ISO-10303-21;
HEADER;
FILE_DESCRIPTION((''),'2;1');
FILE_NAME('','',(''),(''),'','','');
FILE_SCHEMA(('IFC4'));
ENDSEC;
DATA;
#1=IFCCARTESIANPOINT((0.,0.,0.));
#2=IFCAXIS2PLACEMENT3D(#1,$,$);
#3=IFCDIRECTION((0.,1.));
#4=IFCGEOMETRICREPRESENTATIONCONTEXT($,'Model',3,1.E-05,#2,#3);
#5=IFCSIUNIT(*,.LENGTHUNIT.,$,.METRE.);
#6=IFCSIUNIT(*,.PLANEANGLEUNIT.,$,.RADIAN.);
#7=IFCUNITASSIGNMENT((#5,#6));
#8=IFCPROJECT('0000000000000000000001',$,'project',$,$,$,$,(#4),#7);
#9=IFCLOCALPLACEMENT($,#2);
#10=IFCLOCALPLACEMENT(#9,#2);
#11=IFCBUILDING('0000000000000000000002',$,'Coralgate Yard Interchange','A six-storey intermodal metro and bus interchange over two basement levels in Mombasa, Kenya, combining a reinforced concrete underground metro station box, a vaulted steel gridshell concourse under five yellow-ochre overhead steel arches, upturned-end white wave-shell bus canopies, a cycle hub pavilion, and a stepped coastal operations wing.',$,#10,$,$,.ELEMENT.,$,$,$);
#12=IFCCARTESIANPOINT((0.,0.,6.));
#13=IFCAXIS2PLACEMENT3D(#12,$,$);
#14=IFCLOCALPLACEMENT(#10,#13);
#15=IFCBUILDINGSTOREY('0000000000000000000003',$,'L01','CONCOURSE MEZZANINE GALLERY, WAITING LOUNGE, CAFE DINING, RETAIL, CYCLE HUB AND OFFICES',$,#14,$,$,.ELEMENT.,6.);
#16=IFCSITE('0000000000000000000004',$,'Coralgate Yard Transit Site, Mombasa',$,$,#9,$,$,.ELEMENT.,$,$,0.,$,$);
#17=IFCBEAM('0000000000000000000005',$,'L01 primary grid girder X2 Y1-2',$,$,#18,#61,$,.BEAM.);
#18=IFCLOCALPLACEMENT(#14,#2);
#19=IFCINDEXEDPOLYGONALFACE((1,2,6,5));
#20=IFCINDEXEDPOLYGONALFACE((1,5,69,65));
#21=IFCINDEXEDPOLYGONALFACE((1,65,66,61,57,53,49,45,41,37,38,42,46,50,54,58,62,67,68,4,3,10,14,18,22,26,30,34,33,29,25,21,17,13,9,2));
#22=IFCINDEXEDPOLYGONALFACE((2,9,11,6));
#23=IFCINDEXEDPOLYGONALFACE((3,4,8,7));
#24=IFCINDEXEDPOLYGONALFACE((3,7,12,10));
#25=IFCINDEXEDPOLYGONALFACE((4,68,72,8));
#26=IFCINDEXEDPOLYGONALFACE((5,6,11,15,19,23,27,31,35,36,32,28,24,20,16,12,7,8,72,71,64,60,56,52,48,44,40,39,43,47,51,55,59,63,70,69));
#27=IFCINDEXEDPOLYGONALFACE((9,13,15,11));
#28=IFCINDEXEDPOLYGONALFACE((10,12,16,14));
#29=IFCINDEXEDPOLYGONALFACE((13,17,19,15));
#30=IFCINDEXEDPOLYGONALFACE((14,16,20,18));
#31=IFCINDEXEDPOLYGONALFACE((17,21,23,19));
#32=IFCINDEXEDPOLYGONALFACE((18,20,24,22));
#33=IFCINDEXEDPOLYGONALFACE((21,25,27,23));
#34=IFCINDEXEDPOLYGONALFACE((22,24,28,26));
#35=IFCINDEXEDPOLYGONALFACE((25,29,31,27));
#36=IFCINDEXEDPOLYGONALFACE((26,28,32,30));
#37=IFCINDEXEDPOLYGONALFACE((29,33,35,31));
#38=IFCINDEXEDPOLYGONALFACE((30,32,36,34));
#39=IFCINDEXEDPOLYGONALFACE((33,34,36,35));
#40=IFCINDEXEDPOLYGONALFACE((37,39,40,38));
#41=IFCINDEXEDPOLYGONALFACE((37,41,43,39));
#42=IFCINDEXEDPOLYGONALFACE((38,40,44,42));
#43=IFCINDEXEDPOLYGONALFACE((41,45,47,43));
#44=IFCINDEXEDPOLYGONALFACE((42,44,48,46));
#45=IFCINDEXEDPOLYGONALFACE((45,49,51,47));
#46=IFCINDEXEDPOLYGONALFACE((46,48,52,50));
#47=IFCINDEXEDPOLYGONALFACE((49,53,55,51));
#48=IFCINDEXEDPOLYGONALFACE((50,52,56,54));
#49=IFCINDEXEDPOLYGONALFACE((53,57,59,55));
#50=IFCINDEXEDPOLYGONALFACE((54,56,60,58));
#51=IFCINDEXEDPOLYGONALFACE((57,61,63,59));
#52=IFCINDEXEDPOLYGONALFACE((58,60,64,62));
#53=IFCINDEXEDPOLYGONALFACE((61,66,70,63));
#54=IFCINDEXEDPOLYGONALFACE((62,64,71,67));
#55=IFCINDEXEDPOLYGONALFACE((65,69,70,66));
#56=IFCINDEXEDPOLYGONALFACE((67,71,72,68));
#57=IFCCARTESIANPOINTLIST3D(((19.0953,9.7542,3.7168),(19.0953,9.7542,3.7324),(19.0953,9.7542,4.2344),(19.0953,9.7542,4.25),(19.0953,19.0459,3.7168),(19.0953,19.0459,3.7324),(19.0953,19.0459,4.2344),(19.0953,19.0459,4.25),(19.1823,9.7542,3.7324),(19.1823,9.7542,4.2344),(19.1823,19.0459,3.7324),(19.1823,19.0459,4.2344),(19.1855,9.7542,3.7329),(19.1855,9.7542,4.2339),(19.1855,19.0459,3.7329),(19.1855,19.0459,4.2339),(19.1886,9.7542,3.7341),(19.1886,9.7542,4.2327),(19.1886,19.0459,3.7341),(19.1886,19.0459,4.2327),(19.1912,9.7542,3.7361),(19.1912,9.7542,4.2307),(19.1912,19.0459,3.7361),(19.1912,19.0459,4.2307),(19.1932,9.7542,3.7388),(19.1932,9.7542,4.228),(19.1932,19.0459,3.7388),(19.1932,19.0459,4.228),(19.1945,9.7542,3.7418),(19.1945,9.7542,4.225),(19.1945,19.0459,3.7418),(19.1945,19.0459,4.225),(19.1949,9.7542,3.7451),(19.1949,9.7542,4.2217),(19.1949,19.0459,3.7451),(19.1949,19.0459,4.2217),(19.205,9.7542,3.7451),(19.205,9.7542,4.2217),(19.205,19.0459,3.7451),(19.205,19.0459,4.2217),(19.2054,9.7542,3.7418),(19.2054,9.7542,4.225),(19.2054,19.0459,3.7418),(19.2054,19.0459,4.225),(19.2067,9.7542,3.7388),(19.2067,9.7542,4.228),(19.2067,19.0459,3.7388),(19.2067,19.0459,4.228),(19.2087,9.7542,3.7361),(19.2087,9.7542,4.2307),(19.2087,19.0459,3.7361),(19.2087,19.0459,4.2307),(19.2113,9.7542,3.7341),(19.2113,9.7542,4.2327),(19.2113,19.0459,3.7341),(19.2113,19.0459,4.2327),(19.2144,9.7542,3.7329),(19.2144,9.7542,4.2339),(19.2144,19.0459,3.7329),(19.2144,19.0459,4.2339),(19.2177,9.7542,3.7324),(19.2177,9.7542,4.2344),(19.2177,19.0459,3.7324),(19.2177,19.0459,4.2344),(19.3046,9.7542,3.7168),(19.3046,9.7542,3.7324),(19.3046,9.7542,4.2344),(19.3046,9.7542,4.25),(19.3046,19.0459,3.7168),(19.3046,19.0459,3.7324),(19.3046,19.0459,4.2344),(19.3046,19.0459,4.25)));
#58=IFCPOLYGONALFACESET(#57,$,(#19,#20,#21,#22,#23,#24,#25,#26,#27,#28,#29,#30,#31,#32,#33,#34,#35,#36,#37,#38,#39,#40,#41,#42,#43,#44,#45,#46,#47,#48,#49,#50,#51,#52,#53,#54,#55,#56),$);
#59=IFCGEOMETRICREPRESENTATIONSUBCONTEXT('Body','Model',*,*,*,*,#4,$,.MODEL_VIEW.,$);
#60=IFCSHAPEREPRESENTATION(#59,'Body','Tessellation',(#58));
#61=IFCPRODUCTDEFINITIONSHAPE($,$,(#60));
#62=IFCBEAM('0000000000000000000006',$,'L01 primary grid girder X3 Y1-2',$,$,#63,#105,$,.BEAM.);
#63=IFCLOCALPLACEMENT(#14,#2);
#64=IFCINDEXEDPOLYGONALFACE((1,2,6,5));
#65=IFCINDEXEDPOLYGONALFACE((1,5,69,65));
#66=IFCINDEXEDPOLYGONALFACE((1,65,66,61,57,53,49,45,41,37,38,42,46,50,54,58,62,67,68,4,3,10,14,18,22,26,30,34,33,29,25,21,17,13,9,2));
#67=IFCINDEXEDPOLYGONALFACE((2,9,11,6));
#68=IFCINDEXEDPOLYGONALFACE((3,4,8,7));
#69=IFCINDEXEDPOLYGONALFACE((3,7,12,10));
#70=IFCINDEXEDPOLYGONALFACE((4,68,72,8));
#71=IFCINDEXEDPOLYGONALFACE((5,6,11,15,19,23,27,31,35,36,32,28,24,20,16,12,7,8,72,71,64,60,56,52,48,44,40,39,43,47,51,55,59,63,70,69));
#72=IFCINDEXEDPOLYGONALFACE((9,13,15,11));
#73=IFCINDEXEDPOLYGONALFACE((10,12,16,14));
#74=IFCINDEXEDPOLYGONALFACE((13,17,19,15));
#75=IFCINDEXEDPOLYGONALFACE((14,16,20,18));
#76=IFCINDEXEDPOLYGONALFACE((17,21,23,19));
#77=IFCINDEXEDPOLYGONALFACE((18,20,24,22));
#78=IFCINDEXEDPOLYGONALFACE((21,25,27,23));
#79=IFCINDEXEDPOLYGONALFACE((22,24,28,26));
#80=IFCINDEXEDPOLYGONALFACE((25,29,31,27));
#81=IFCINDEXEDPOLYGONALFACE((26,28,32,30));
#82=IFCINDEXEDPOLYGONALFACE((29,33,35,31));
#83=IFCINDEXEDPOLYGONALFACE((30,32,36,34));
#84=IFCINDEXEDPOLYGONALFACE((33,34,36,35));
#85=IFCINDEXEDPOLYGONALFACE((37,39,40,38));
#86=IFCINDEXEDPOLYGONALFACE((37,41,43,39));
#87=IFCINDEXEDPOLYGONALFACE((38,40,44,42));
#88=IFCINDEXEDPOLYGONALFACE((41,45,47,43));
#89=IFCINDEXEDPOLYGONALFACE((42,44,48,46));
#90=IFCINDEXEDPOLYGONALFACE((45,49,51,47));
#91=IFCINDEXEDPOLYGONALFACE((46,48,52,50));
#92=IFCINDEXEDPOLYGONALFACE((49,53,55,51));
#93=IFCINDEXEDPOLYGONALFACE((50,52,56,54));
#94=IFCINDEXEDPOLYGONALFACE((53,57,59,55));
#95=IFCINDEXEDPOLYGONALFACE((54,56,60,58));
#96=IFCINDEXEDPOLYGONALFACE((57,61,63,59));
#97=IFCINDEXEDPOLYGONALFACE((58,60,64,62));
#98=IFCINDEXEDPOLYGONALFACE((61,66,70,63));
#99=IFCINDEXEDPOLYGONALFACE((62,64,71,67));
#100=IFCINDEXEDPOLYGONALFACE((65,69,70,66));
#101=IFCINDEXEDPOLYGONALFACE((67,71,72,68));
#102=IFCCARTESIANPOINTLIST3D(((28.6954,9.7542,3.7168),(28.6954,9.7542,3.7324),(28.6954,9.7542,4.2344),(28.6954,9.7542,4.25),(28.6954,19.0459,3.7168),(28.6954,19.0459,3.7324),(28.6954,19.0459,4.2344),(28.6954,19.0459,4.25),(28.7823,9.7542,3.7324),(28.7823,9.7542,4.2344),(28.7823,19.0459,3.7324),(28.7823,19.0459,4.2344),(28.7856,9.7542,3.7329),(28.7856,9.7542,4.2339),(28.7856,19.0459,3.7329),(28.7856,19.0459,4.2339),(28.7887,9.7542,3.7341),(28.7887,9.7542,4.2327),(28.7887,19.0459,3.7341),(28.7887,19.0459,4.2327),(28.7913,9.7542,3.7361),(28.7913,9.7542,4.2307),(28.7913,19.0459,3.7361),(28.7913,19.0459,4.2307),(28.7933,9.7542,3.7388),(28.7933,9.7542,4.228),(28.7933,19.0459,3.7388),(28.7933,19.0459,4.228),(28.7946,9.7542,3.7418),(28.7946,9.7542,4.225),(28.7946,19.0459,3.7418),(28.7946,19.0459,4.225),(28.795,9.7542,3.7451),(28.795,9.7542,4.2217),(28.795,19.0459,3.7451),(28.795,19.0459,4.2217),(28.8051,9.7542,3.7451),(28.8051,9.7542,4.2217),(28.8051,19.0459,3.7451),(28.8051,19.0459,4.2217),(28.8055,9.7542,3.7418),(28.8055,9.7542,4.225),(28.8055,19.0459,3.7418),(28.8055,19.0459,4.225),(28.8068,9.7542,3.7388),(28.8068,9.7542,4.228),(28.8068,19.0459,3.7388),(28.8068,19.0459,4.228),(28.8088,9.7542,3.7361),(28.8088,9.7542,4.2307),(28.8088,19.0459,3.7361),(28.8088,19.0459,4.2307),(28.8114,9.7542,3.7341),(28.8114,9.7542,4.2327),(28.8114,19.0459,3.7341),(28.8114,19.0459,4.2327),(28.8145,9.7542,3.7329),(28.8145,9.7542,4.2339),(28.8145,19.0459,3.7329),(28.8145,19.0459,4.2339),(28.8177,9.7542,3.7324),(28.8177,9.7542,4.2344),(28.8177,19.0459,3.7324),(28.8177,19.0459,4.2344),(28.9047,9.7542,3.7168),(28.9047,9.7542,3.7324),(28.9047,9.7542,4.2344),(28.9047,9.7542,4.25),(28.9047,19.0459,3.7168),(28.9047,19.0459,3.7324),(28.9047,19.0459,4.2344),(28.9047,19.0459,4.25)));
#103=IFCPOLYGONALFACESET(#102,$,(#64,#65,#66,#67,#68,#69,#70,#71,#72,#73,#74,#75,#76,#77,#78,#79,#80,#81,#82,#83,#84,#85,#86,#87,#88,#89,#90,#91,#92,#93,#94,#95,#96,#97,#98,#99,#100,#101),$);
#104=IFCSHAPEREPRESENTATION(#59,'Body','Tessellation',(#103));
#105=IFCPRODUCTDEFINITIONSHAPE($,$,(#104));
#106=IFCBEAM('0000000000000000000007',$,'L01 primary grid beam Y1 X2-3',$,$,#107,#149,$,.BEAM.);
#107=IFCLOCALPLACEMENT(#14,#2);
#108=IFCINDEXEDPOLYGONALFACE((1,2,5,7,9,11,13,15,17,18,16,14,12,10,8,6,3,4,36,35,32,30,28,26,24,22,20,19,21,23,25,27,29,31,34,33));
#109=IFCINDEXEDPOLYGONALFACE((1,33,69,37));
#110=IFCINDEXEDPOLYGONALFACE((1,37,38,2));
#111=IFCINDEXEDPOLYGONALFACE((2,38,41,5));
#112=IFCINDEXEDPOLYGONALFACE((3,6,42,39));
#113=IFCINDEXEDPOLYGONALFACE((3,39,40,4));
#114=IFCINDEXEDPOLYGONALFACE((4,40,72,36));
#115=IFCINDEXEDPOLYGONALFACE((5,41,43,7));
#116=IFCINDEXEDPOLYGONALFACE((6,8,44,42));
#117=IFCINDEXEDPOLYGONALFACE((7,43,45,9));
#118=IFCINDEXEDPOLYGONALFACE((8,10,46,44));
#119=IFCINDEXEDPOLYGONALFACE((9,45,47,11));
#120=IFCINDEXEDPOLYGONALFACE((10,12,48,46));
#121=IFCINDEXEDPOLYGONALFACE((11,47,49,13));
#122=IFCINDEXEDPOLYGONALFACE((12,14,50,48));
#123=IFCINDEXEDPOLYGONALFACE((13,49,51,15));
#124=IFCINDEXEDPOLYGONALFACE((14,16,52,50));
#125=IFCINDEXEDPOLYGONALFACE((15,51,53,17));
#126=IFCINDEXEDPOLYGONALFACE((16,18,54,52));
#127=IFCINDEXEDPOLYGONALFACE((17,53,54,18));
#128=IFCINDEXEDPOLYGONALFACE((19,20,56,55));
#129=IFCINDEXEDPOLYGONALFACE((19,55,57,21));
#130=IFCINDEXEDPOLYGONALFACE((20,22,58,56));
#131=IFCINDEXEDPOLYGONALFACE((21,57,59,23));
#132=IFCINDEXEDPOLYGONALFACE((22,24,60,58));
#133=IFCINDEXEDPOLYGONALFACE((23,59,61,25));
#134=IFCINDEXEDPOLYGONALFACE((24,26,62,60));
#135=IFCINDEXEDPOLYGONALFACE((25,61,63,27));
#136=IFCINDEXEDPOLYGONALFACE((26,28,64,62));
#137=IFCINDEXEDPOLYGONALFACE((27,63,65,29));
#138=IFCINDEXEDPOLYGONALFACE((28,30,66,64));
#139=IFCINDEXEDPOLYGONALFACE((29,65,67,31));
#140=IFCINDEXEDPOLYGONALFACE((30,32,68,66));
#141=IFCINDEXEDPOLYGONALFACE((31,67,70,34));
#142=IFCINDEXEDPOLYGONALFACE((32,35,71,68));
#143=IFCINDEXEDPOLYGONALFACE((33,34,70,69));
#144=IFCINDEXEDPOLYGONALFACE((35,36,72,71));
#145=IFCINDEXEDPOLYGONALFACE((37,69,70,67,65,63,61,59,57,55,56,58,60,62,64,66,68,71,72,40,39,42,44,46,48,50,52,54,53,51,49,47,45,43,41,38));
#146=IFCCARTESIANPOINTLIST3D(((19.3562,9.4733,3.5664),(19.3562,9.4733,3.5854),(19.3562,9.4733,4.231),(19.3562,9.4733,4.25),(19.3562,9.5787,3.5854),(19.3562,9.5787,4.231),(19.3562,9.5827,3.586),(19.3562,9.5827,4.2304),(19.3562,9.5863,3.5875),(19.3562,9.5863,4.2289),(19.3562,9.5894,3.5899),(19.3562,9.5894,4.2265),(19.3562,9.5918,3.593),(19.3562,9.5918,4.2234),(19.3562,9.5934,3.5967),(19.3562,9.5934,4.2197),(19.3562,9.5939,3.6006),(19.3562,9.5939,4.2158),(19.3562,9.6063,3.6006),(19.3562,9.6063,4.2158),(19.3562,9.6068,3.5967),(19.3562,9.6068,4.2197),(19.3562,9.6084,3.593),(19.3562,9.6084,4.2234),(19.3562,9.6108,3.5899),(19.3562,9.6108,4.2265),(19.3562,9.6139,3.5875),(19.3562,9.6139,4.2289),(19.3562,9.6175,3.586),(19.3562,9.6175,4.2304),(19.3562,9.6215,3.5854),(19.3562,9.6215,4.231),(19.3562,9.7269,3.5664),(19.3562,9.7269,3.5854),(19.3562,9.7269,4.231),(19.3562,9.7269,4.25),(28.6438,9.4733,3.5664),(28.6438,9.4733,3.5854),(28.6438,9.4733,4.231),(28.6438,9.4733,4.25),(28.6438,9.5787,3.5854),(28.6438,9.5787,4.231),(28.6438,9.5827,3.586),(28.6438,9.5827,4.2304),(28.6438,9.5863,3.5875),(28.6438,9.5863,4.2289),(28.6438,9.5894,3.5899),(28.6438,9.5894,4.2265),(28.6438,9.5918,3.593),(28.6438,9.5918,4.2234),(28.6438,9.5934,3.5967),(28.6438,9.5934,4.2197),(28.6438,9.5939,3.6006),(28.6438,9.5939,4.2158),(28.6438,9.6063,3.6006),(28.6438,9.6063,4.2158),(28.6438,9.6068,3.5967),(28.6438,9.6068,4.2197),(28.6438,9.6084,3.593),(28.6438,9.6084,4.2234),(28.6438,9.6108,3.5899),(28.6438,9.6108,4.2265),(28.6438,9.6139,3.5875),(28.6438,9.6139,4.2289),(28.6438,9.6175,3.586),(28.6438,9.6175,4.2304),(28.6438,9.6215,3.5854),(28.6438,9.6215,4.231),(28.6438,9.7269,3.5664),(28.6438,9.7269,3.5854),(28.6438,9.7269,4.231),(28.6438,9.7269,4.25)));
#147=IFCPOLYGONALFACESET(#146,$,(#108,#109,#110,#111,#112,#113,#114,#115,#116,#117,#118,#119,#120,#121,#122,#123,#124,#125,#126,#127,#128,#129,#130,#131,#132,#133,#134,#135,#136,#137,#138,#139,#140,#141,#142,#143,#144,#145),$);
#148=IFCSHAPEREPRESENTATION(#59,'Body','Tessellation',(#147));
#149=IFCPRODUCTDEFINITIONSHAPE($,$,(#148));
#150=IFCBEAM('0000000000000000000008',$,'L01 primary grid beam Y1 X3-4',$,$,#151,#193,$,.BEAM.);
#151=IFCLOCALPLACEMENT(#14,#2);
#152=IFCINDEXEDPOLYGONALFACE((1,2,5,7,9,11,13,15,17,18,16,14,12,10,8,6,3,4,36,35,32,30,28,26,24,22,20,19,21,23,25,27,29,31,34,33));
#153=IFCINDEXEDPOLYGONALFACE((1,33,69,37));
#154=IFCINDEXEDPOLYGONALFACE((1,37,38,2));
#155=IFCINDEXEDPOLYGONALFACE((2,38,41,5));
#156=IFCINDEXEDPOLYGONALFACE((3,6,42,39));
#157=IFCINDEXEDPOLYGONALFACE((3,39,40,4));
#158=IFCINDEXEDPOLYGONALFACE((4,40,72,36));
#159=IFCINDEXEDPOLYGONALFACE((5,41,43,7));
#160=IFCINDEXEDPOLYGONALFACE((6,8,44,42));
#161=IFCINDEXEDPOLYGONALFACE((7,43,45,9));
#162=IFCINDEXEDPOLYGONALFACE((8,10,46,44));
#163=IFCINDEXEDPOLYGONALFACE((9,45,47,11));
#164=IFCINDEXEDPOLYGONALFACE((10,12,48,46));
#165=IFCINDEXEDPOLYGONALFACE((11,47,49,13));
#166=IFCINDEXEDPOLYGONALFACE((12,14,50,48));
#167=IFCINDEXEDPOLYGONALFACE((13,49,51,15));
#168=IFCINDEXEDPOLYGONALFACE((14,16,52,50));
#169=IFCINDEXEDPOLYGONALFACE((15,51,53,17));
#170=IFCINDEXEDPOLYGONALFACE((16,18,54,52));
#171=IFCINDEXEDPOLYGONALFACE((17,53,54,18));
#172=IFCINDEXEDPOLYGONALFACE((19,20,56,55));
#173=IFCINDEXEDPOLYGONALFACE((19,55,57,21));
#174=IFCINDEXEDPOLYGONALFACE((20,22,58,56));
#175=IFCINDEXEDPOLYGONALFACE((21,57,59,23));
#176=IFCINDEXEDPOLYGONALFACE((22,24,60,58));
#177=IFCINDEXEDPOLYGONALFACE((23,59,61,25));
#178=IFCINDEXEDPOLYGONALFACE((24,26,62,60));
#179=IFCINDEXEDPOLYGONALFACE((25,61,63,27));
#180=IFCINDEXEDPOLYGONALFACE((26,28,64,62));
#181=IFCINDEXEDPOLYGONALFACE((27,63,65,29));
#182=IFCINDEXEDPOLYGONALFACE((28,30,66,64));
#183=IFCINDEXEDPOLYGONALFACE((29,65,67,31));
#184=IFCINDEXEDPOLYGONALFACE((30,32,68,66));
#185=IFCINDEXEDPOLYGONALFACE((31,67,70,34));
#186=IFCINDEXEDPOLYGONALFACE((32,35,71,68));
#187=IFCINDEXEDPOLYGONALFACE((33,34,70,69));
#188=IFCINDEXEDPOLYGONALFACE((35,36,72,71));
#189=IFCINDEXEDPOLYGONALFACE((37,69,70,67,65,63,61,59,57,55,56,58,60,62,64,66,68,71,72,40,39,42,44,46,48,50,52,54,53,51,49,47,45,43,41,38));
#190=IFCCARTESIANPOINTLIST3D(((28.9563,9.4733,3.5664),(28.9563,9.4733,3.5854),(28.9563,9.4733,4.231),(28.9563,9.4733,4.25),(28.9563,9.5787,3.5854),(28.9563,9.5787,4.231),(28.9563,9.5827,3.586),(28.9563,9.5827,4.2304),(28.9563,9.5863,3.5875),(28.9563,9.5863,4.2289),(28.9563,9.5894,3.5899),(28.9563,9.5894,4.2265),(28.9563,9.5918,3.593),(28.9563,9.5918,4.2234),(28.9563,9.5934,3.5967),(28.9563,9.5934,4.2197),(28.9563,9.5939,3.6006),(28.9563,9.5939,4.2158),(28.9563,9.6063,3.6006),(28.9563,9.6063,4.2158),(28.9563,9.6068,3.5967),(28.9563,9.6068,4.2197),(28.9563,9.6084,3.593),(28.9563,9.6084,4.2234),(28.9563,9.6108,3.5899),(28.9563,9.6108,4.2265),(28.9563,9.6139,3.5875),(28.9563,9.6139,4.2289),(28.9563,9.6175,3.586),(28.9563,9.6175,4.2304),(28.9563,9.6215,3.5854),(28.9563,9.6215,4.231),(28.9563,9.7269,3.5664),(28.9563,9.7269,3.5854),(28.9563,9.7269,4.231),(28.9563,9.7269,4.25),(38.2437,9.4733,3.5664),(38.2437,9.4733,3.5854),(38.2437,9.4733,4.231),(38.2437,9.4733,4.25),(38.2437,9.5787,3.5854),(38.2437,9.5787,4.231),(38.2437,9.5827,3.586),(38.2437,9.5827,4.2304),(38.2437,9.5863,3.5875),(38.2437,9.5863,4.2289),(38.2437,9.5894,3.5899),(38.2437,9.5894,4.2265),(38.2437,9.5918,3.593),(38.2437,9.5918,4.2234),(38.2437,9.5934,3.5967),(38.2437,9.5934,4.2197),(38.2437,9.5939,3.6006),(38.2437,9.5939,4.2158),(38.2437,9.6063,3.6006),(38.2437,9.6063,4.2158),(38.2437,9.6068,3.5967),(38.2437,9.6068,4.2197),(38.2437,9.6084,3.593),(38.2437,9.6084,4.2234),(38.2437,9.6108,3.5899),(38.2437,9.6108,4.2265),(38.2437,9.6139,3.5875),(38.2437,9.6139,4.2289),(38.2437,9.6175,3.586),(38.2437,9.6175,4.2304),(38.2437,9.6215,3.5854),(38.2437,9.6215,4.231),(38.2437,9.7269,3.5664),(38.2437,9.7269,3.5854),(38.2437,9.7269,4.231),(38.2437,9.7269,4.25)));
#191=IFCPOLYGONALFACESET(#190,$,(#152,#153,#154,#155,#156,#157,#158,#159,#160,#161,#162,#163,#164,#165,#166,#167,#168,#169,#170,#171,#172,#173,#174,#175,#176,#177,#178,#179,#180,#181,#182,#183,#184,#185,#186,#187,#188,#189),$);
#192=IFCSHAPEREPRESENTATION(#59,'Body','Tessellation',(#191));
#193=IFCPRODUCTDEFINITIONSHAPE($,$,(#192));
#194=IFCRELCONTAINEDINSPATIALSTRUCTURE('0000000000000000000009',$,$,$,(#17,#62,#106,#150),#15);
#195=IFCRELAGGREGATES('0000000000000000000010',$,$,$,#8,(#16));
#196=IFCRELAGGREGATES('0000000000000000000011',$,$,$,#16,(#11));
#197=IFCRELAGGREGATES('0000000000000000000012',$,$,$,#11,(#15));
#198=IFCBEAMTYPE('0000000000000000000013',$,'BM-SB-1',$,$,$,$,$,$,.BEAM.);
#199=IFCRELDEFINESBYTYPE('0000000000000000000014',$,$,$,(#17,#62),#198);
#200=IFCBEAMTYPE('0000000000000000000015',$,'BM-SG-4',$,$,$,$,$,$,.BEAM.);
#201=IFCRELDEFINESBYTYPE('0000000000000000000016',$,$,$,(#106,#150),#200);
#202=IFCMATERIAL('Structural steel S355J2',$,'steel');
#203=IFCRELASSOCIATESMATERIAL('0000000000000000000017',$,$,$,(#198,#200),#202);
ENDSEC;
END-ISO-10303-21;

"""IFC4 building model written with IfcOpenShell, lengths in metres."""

from ifc_helpers import new_model, si_unit, direction, frame, origin, origin_2d, place, context, subcontext, project, spatial, i_section, extrude, material, material_profile, profile_set, type_object, element, save


model = new_model("IFC4")

# Units and contexts
model_context = context("Model", 3, precision=1e-05, world=origin(), true_north=direction((0.0, 1.0)))
body_context = subcontext(model_context, "Body", "Model", "MODEL_VIEW")
ifc_project = project(units=[si_unit("LENGTHUNIT", "METRE"), si_unit("PLANEANGLEUNIT", "RADIAN")], contexts=[model_context])

# Site, building, storey
site_placement = place(None, origin())
site = spatial("IfcSite", under=ifc_project, at=site_placement, Name="Coralgate Yard Transit Site, Mombasa", CompositionType="ELEMENT", RefElevation=0.0)
building_placement = place(site_placement, origin())
building = spatial("IfcBuilding", under=site, at=building_placement, Name="Coralgate Yard Interchange", Description="A six-storey intermodal metro and bus interchange over two basement levels in Mombasa, Kenya, combining a reinforced concrete underground metro station box, a vaulted steel gridshell concourse under five yellow-ochre overhead steel arches, upturned-end white wave-shell bus canopies, a cycle hub pavilion, and a stepped coastal operations wing.", CompositionType="ELEMENT")
storey_placement = place(building_placement, frame((0.0, 0.0, 6.0)))
storey = spatial("IfcBuildingStorey", under=building, at=storey_placement, Name="L01", Description="CONCOURSE MEZZANINE GALLERY, WAITING LOUNGE, CAFE DINING, RETAIL, CYCLE HUB AND OFFICES", CompositionType="ELEMENT", Elevation=6.0)

# Shared definitions
ifc_material_1 = material(Name="Structural steel S355J2", Category="steel")

# Beams
ifc_material_profile_1 = material_profile(ifc_material_1, i_section(OverallWidth=0.2092, OverallDepth=0.5332, WebThickness=0.01, FlangeThickness=0.0156, FilletRadius=0.0127, at=origin_2d()), Name="UB 533x210x92")
ifc_profile_set_1 = profile_set([ifc_material_profile_1], Name="Structural steel S355J2")
beam_type_1 = type_object("IfcBeamType", Name="BM-SB-1", PredefinedType="BEAM", material=ifc_profile_set_1)
for number, where, z_axis, x_axis, name in (
    (1, (19.2, 9.7542, 3.9834), (0.0, 1.0, 0.0), (-1.0, 0.0, 0.0), "L01 primary grid girder X2 Y1-2"),
    (2, (28.8, 9.7542, 3.9834), (0.0, 1.0, 0.0), (-1.0, 0.0, 0.0), "L01 primary grid girder X3 Y1-2"),
):
    element("IfcBeam", number, at=place(storey_placement, frame(where, z_axis=z_axis, x_axis=x_axis)), inside=storey, type_object=beam_type_1, Name=name, PredefinedType="BEAM", context=body_context, shape_type="SweptSolid", body=[
        extrude(i_section(OverallWidth=0.2092, OverallDepth=0.5332, WebThickness=0.01, FlangeThickness=0.0156, FilletRadius=0.0127, at=origin_2d()), origin(), (0.0, 0.0, 1.0), 9.2917),
    ])
ifc_material_profile_2 = material_profile(ifc_material_1, i_section(OverallWidth=0.2537, OverallDepth=0.6836, WebThickness=0.0125, FlangeThickness=0.019, FilletRadius=0.0151, at=origin_2d()), Name="UB 686x254x140")
ifc_profile_set_2 = profile_set([ifc_material_profile_2], Name="Structural steel S355J2")
beam_type_2 = type_object("IfcBeamType", Name="BM-SG-4", PredefinedType="BEAM", material=ifc_profile_set_2)
beam_1_placement = place(storey_placement, frame((19.3562, 9.6001, 3.9082), z_axis=(1.0, 0.0, 0.0), x_axis=(0.0, 1.0, 0.0)))
element("IfcBeam", 3, at=beam_1_placement, inside=storey, type_object=beam_type_2, Name="L01 primary grid beam Y1 X2-3", PredefinedType="BEAM", context=body_context, shape_type="SweptSolid", body=[
    extrude(i_section(OverallWidth=0.2537, OverallDepth=0.6836, WebThickness=0.0125, FlangeThickness=0.019, FilletRadius=0.0151, at=origin_2d()), origin(), (0.0, 0.0, 1.0), 9.2876),
])
beam_2_placement = place(storey_placement, frame((28.9563, 9.6001, 3.9082), z_axis=(1.0, 0.0, 0.0), x_axis=(0.0, 1.0, 0.0)))
element("IfcBeam", 4, at=beam_2_placement, inside=storey, type_object=beam_type_2, Name="L01 primary grid beam Y1 X3-4", PredefinedType="BEAM", context=body_context, shape_type="SweptSolid", body=[
    extrude(i_section(OverallWidth=0.2537, OverallDepth=0.6836, WebThickness=0.0125, FlangeThickness=0.019, FilletRadius=0.0151, at=origin_2d()), origin(), (0.0, 0.0, 1.0), 9.2874),
])

save(model, "model.ifc")
